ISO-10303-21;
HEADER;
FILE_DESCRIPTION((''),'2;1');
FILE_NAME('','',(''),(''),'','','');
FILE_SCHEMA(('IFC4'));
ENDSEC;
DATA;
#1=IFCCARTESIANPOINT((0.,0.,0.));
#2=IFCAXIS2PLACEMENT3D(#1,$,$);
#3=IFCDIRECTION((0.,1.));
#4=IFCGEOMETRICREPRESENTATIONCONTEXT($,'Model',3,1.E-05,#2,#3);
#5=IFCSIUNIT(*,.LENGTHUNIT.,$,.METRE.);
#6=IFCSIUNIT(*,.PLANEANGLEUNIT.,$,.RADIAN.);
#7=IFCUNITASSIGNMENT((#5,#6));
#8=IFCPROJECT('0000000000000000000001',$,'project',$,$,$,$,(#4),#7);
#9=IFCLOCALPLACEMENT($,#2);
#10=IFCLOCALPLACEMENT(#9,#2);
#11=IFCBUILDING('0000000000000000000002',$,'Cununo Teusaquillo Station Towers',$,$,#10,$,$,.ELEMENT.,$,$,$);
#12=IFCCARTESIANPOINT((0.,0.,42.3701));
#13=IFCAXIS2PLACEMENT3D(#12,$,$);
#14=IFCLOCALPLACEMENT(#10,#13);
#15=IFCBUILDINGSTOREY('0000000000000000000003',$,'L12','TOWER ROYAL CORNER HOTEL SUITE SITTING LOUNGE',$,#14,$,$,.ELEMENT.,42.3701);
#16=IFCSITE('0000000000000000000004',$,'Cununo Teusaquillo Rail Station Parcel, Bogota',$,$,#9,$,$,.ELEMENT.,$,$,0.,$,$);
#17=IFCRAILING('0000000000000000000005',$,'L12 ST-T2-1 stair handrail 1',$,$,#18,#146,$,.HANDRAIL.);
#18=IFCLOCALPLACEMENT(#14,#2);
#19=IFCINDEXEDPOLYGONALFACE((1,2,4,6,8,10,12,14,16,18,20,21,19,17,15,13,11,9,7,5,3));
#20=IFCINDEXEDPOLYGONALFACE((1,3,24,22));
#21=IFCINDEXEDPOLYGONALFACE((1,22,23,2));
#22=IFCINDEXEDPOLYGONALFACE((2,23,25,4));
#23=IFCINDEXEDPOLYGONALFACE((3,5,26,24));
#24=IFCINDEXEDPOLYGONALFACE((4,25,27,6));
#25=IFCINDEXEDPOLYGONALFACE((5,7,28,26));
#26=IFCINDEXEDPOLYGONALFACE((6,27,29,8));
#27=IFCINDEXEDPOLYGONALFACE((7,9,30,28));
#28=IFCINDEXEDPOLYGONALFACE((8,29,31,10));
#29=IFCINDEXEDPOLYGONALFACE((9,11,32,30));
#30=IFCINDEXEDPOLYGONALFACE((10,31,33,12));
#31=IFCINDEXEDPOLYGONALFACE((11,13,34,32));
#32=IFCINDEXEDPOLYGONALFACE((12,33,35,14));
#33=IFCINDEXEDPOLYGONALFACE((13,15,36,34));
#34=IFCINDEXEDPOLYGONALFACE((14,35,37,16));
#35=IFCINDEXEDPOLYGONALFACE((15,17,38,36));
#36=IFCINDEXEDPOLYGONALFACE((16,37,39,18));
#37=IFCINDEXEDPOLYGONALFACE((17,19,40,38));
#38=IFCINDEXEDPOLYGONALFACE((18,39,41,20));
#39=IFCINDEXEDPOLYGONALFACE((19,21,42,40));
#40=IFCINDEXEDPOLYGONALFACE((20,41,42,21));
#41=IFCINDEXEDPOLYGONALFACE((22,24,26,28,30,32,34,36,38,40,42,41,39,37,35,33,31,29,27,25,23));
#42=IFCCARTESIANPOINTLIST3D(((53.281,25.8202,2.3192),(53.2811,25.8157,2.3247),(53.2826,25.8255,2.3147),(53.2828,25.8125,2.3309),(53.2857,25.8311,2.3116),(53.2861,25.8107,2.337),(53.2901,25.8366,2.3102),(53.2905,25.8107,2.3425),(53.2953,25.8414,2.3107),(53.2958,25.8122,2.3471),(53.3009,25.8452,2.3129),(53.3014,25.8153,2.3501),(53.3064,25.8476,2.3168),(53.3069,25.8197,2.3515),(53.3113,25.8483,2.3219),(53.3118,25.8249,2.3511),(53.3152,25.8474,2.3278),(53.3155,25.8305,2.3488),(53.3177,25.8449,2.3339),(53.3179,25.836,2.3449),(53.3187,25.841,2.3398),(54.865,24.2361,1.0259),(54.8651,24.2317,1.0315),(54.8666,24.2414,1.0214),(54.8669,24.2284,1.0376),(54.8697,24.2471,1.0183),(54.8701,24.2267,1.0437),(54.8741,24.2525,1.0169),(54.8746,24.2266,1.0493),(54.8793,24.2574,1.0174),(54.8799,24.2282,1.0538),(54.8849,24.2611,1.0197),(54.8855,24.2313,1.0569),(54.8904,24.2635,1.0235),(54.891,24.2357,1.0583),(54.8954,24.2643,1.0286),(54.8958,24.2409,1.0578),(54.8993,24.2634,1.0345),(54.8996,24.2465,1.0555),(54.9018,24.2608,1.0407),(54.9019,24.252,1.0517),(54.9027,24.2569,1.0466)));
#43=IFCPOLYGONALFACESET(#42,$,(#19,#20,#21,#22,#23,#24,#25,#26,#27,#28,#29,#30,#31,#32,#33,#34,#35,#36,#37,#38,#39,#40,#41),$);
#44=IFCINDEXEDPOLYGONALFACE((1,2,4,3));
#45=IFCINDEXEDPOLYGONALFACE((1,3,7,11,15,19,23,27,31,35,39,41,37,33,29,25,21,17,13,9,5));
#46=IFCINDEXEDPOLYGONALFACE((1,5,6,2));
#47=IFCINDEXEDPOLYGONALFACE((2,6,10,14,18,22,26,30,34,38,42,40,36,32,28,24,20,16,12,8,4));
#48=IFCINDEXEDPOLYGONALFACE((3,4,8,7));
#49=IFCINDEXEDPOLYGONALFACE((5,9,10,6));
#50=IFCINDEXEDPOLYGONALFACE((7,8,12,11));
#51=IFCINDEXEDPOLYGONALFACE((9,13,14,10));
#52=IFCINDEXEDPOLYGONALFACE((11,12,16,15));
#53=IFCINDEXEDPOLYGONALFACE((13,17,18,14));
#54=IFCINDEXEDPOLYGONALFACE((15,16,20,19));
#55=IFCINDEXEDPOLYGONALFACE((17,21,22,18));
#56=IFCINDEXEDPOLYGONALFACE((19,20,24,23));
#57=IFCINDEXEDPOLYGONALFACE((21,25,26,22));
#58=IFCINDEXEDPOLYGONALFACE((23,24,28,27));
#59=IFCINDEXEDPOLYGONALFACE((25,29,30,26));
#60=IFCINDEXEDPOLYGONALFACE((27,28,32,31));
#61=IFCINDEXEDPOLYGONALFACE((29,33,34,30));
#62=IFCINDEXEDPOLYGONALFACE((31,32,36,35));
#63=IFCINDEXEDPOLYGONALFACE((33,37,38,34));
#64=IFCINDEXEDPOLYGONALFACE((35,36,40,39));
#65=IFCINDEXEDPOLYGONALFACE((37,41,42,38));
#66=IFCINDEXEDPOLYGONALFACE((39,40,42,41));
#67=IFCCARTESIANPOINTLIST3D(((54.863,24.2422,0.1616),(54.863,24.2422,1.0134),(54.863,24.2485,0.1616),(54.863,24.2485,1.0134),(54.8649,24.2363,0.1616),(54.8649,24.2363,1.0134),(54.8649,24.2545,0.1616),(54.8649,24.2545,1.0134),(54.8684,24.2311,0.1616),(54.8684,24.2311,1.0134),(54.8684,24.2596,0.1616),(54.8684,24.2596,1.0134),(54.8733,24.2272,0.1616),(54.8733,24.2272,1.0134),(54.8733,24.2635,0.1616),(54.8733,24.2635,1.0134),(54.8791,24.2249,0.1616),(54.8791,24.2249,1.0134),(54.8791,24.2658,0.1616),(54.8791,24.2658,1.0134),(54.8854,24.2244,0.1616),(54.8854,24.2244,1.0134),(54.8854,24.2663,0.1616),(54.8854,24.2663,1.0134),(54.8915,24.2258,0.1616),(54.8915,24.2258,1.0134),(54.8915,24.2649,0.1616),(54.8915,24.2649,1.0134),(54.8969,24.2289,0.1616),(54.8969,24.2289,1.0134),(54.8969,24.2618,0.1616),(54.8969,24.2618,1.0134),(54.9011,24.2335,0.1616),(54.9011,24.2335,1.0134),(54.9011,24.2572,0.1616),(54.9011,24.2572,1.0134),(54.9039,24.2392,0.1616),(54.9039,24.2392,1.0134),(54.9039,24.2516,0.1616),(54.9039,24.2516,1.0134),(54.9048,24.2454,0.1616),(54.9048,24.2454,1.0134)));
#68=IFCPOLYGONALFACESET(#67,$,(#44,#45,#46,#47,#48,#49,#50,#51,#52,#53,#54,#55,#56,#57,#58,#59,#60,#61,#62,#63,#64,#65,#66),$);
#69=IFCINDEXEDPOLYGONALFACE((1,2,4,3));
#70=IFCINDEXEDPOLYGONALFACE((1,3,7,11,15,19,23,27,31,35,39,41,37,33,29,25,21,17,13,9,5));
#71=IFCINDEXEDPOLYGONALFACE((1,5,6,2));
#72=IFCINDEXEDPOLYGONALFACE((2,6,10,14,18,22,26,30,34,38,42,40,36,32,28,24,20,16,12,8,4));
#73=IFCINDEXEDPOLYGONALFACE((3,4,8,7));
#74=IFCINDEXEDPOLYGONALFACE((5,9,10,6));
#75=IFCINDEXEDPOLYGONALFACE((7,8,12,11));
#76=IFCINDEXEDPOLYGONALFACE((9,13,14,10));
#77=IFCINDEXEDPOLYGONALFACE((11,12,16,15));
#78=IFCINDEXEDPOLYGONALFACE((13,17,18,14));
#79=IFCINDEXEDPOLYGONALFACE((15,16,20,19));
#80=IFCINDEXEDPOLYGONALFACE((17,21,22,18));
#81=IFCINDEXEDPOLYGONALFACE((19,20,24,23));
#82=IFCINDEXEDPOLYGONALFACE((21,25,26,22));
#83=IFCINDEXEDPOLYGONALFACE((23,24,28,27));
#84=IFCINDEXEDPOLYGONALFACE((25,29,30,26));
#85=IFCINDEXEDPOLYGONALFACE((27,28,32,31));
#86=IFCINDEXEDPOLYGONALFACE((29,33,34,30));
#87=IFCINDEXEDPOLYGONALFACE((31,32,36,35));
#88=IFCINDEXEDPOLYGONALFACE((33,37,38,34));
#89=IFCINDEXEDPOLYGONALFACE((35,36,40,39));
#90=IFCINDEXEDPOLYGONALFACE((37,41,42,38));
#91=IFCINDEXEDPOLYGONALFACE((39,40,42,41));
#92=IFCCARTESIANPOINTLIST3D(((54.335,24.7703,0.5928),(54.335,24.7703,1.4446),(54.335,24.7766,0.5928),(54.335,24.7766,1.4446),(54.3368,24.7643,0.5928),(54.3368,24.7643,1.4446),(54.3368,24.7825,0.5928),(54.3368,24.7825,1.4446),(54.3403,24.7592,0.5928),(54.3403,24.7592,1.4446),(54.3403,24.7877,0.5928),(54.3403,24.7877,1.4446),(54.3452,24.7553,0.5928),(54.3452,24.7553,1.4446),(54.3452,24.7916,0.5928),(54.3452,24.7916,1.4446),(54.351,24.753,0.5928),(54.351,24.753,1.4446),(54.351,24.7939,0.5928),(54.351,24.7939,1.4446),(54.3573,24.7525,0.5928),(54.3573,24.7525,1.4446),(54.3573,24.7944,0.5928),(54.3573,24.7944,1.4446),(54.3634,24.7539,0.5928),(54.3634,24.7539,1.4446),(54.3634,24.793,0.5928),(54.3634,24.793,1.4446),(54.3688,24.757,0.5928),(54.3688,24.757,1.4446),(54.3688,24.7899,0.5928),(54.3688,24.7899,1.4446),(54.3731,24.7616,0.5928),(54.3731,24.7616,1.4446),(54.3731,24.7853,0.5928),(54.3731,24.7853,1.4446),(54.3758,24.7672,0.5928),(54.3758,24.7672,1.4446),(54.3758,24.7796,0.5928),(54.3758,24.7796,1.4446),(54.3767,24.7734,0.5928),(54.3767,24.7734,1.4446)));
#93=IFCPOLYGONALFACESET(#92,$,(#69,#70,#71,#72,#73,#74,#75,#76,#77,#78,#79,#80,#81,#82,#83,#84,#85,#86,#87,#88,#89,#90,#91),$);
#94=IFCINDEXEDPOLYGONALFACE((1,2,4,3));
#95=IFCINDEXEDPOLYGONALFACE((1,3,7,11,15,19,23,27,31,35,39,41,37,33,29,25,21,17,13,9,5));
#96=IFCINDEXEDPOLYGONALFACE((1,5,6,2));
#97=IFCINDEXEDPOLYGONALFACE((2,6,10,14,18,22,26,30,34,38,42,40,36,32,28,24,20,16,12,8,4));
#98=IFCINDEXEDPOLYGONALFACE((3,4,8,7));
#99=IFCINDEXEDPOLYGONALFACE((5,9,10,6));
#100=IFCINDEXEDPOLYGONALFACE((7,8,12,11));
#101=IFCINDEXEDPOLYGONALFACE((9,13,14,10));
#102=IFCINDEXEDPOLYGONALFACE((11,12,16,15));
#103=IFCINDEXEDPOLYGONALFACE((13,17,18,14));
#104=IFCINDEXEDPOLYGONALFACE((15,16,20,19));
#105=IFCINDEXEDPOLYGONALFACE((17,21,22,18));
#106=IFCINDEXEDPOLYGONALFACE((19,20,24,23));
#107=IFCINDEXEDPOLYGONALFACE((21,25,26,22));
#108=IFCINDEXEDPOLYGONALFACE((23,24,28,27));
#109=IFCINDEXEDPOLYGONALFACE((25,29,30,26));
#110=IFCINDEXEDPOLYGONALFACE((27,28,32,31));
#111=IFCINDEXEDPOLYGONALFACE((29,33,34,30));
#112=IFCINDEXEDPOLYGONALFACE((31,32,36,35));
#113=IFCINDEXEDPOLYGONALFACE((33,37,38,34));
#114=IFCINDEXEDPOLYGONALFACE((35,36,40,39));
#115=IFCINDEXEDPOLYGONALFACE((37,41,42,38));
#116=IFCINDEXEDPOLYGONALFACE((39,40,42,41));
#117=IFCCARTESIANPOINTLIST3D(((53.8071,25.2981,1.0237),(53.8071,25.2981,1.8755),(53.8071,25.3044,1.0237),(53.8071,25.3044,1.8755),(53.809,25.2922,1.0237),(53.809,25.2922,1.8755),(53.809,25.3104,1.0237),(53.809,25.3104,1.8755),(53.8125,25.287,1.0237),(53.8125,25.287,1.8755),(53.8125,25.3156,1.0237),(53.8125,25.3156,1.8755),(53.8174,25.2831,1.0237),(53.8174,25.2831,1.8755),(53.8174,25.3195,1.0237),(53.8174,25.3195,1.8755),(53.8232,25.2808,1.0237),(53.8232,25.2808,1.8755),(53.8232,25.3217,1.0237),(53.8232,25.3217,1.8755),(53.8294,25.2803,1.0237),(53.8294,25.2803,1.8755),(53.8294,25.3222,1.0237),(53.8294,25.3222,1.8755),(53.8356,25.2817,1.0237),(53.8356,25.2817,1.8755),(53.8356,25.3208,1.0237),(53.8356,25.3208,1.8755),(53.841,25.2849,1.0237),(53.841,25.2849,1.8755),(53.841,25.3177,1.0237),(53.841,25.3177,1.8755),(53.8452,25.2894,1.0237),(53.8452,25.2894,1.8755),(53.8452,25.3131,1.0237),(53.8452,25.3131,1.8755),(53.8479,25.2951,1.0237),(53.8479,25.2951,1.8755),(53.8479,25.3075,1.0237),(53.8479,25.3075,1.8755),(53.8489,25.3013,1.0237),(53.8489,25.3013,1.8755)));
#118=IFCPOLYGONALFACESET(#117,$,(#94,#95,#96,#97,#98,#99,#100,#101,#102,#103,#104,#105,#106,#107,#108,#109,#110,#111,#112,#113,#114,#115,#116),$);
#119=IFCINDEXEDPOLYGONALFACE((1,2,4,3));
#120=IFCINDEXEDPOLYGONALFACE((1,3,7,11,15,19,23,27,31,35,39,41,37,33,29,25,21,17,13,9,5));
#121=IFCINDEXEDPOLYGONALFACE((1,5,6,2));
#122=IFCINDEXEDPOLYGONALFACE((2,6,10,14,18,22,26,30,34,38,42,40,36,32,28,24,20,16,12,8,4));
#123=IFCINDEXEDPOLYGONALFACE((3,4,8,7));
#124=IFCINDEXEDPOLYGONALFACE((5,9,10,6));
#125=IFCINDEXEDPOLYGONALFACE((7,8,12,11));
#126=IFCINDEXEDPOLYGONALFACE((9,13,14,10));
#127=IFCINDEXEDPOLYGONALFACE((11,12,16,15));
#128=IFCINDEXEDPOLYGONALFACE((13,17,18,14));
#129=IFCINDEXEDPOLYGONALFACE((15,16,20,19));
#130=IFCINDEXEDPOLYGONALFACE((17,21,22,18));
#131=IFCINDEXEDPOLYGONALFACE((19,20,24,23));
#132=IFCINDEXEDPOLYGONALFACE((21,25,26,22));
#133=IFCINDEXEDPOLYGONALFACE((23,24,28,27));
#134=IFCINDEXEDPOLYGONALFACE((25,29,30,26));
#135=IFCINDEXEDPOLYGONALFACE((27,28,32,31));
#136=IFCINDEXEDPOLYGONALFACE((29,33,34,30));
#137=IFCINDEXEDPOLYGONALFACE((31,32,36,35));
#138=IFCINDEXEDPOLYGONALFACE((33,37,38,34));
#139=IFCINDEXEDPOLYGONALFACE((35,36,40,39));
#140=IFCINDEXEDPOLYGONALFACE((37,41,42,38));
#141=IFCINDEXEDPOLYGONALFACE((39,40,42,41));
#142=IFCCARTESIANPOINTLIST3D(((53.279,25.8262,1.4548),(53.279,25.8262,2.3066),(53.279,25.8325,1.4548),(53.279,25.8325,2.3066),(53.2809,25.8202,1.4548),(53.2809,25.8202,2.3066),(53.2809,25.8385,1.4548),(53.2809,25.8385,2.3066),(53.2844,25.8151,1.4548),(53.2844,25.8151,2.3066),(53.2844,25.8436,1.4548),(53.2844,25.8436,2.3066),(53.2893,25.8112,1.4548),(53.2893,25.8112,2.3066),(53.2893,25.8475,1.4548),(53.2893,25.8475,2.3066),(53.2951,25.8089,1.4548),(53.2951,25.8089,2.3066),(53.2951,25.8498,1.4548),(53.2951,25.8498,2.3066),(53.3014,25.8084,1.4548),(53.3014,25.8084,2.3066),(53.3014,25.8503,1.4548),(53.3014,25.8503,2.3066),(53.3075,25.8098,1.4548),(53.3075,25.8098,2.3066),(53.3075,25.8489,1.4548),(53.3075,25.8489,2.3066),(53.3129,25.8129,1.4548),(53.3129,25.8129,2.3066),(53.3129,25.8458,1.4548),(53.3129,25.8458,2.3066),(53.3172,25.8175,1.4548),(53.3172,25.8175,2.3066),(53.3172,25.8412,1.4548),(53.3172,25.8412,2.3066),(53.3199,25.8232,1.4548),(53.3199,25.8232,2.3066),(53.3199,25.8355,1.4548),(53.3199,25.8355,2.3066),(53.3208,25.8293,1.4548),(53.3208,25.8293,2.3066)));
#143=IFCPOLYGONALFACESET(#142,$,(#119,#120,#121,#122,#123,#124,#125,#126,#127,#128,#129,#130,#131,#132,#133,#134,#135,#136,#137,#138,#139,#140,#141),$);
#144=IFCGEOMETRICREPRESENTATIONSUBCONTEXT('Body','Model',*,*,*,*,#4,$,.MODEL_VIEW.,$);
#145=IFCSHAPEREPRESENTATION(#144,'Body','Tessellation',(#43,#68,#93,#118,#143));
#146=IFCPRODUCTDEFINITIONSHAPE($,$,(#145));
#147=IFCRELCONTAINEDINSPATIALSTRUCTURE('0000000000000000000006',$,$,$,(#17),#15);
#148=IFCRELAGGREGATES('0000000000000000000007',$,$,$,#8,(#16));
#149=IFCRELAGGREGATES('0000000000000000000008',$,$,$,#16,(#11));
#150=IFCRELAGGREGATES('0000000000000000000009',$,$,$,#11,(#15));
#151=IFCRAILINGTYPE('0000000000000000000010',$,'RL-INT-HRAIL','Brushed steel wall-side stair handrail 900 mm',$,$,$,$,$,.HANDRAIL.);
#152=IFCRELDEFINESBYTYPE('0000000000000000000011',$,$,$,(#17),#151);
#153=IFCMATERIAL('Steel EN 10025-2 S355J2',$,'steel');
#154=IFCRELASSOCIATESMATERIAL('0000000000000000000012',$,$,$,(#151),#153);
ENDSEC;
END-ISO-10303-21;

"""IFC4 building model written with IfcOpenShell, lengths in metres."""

from ifc_helpers import new_model, si_unit, direction, frame, origin, origin_2d, place, context, subcontext, project, spatial, circle, extrude, material, type_object, element, save


model = new_model("IFC4")

# Units and contexts
model_context = context("Model", 3, precision=1e-05, world=origin(), true_north=direction((0.0, 1.0)))
body_context = subcontext(model_context, "Body", "Model", "MODEL_VIEW")
ifc_project = project(units=[si_unit("LENGTHUNIT", "METRE"), si_unit("PLANEANGLEUNIT", "RADIAN")], contexts=[model_context])

# Site, building, storey
site_placement = place(None, origin())
site = spatial("IfcSite", under=ifc_project, at=site_placement, Name="Cununo Teusaquillo Rail Station Parcel, Bogota", CompositionType="ELEMENT", RefElevation=0.0)
building_placement = place(site_placement, origin())
building = spatial("IfcBuilding", under=site, at=building_placement, Name="Cununo Teusaquillo Station Towers", CompositionType="ELEMENT")
storey_placement = place(building_placement, frame((0.0, 0.0, 42.3701)))
storey = spatial("IfcBuildingStorey", under=building, at=storey_placement, Name="L12", Description="TOWER ROYAL CORNER HOTEL SUITE SITTING LOUNGE", CompositionType="ELEMENT", Elevation=42.3701)

# Railing
ifc_material_1 = material(Name="Steel EN 10025-2 S355J2", Category="steel")
railing_type_1 = type_object("IfcRailingType", Name="RL-INT-HRAIL", Description="Brushed steel wall-side stair handrail 900 mm", PredefinedType="HANDRAIL", material=ifc_material_1)
railing_1_placement = place(storey_placement, frame((54.8838, 24.2454, 0.1616)))
element("IfcRailing", 1, at=railing_1_placement, inside=storey, type_object=railing_type_1, Name="L12 ST-T2-1 stair handrail 1", PredefinedType="HANDRAIL", context=body_context, shape_type="SweptSolid", body=[
    extrude(circle(Radius=0.0239, at=origin_2d()), frame((0.0, 0.0, 0.876), z_axis=(-0.612385, 0.612385, 0.49997), x_axis=(-0.707107, -0.707107, 0.0)), (0.0, 0.0, 1.0), 2.5867),
    extrude(circle(Radius=0.021, at=origin_2d()), origin(), (0.0, 0.0, 1.0), 0.8518),
    extrude(circle(Radius=0.021, at=origin_2d()), frame((-0.5281, 0.5281, 0.4312)), (0.0, 0.0, 1.0), 0.8518),
    extrude(circle(Radius=0.021, at=origin_2d()), frame((-1.0559, 1.0559, 0.8621)), (0.0, 0.0, 1.0), 0.8518),
    extrude(circle(Radius=0.021, at=origin_2d()), frame((-1.584, 1.584, 1.2932)), (0.0, 0.0, 1.0), 0.8518),
])

save(model, "model.ifc")
